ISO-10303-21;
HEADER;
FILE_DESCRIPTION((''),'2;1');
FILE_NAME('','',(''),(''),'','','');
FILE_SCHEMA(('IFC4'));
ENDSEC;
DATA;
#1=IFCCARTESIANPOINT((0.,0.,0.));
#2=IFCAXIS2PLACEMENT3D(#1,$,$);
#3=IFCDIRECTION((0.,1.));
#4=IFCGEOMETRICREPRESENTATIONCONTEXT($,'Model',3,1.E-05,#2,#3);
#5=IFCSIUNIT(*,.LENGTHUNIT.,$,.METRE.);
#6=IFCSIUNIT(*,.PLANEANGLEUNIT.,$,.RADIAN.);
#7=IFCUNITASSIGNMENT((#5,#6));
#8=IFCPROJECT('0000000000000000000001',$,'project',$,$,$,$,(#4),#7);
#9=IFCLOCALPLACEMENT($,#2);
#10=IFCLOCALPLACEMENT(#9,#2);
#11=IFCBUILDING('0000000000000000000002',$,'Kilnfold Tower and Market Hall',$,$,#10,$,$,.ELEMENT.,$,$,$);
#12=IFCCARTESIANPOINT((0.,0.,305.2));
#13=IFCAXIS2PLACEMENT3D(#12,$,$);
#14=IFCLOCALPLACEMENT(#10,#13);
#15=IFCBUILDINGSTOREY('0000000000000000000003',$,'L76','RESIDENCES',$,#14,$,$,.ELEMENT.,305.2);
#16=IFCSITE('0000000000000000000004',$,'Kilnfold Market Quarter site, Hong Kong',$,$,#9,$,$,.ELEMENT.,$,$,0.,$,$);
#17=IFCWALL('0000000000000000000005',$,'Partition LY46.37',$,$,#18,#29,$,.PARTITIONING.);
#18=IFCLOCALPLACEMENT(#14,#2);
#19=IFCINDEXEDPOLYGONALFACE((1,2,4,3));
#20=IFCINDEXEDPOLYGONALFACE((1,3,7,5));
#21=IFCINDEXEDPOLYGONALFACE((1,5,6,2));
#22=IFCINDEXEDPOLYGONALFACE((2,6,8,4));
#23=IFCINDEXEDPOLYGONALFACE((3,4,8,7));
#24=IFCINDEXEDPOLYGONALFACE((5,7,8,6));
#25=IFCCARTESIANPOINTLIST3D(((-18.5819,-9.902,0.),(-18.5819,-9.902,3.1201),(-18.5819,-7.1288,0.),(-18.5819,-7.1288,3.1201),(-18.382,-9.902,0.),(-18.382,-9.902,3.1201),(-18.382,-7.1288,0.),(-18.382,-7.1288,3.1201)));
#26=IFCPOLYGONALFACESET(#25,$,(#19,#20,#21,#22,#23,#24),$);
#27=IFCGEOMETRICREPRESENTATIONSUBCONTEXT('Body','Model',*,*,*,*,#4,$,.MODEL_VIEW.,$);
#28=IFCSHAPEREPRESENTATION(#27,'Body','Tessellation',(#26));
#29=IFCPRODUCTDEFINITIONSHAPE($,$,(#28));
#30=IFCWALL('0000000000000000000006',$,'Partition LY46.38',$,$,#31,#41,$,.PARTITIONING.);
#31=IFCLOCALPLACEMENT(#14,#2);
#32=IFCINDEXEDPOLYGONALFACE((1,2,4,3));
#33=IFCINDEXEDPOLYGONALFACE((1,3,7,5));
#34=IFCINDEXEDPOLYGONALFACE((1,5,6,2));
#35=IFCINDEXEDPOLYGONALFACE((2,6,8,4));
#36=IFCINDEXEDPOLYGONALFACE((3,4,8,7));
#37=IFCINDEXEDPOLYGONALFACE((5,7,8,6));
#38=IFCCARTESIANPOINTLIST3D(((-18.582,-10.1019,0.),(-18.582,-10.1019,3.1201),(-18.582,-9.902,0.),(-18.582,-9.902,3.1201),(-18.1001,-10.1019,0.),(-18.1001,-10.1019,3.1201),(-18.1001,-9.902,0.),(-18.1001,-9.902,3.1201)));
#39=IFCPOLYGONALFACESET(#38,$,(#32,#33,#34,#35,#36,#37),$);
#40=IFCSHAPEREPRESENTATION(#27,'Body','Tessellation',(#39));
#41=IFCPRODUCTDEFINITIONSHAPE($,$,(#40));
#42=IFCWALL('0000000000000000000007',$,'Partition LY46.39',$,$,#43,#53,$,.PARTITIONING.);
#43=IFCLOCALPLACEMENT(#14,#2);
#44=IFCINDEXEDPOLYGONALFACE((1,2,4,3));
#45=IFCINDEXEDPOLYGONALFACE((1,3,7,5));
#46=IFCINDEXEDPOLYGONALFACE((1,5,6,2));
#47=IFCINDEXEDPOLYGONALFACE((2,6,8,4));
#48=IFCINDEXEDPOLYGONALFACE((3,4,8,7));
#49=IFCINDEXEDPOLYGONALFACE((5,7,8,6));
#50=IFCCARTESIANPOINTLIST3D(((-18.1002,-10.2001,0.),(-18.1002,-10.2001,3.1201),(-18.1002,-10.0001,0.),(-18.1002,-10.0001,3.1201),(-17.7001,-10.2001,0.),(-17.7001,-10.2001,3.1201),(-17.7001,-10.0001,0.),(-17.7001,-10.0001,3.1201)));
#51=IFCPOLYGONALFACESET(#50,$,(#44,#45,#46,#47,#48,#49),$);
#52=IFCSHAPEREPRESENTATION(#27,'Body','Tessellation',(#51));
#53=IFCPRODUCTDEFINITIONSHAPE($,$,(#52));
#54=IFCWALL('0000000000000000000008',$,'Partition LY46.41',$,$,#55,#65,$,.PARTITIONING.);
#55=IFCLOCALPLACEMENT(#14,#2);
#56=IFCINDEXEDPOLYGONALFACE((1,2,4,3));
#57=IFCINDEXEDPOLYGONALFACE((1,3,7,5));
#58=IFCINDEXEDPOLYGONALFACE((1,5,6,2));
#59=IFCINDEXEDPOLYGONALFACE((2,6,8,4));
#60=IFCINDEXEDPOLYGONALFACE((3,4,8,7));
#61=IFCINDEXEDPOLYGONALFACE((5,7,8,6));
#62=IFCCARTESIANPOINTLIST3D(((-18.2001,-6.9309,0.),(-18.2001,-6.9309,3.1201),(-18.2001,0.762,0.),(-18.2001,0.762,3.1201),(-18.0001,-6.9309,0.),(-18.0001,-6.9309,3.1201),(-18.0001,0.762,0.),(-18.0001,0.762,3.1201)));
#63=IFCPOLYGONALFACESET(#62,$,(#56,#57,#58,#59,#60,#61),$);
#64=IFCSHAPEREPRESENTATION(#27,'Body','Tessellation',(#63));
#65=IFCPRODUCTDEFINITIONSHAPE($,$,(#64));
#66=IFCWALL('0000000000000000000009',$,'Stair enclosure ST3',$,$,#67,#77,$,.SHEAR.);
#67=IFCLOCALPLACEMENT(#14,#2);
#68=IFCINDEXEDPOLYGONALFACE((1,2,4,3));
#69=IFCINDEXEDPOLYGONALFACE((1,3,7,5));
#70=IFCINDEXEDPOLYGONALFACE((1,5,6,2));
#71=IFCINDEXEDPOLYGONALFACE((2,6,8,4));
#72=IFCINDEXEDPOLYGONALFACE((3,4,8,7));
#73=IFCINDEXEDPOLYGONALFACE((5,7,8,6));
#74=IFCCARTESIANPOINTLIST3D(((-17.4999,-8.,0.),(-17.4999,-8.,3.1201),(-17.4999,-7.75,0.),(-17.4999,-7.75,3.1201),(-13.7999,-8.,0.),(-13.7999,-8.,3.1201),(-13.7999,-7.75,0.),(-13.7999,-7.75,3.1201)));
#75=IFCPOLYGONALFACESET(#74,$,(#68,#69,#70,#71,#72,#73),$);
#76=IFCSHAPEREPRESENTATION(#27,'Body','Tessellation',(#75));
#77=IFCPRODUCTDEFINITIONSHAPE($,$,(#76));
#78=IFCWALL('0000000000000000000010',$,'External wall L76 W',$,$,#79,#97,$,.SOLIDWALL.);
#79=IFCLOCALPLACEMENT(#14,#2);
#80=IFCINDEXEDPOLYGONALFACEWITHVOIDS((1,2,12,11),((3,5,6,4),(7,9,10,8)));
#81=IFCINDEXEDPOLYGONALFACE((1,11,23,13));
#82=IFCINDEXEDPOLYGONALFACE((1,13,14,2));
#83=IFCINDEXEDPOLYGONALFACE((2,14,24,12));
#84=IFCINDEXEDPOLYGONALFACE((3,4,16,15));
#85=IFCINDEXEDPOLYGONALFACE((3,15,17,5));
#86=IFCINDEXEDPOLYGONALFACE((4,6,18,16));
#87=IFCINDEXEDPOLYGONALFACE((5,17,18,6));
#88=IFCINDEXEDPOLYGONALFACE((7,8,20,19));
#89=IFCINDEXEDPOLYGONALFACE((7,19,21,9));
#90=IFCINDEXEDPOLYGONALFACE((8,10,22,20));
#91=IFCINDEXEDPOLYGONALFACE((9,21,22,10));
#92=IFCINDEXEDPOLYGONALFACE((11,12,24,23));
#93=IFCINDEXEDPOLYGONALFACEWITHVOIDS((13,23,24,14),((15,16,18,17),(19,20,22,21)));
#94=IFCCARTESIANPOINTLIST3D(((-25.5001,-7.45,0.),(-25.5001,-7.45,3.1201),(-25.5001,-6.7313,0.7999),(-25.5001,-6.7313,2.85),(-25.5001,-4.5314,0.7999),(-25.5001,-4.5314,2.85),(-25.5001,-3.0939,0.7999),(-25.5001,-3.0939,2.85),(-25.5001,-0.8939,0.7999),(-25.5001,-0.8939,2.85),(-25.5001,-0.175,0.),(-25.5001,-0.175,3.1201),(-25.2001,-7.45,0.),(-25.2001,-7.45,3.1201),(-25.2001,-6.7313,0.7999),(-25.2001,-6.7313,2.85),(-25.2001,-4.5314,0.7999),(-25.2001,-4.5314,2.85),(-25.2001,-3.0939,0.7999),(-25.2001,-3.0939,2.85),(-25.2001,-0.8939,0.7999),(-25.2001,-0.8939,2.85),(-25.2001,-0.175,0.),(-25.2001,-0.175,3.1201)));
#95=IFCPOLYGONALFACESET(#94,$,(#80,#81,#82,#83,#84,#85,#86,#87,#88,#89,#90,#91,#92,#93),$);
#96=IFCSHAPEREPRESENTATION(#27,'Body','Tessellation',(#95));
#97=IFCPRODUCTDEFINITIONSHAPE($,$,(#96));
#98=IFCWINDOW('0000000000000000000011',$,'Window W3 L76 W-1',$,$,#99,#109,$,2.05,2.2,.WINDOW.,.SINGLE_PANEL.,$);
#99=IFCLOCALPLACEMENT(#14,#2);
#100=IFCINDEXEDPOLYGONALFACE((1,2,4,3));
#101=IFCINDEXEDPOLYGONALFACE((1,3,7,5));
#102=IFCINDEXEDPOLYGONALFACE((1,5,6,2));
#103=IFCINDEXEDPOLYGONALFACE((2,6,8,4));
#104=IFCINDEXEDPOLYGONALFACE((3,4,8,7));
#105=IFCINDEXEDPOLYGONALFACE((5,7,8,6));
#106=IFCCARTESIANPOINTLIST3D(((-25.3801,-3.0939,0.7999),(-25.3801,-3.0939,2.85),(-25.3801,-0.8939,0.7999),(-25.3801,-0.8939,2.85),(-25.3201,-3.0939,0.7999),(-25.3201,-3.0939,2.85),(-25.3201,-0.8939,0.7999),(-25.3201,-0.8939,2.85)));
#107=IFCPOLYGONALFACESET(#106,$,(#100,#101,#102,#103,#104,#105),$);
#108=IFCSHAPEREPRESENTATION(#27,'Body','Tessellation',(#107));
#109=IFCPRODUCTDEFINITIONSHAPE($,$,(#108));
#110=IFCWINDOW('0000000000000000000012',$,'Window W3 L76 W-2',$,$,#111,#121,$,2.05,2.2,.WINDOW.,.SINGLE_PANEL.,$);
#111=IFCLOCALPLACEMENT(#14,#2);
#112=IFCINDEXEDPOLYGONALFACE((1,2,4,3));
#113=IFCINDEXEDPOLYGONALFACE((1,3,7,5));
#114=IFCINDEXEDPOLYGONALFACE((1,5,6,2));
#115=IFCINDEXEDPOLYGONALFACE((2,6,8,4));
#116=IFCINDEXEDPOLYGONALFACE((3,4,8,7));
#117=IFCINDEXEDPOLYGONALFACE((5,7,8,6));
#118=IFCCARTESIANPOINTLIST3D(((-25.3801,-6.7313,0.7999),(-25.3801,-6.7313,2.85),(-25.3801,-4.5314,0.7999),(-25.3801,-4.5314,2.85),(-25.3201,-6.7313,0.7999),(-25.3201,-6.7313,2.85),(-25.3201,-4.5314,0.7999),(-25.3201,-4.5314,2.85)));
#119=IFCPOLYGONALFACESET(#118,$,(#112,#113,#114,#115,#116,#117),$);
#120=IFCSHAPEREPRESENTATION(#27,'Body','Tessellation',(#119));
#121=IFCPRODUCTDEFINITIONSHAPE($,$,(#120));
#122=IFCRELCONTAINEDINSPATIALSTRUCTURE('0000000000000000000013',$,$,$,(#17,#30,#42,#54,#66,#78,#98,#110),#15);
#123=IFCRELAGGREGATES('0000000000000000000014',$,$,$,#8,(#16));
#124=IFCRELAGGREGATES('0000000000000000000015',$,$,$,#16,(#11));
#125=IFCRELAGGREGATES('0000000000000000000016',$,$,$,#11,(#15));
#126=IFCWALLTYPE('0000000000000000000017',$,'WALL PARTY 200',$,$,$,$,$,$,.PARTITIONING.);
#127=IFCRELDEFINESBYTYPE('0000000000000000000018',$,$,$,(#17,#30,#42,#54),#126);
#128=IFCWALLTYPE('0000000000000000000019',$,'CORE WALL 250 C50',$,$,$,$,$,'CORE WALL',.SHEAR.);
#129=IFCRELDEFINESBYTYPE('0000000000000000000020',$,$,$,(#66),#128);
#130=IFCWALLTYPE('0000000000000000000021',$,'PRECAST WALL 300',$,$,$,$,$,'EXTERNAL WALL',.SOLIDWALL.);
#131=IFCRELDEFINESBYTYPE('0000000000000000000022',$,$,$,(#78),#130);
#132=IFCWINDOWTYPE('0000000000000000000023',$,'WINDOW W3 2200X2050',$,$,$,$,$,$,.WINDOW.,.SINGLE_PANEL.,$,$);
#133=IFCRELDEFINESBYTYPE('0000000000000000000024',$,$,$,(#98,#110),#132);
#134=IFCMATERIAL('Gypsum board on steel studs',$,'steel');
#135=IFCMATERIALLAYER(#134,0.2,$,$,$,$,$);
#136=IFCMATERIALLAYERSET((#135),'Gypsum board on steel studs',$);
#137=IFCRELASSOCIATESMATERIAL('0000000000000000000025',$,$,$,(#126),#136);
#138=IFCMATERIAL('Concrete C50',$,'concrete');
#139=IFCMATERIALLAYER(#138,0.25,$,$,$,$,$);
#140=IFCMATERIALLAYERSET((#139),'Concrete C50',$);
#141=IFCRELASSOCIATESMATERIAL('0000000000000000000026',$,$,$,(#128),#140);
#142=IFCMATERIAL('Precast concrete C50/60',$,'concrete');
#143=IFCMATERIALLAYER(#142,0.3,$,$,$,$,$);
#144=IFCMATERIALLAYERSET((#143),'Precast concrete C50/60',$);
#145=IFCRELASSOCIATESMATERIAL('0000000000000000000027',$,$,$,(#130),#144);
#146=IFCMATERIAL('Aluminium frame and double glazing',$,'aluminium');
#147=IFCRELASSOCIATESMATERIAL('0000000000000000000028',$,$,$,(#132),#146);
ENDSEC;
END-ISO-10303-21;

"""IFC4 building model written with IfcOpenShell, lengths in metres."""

from ifc_helpers import new_model, si_unit, direction, frame, frame_2d, origin, place, context, subcontext, project, spatial, rectangle, extrude, source, transform, mapped, material, layer, layer_set, type_object, element, fill, save


model = new_model("IFC4")

# Units and contexts
model_context = context("Model", 3, precision=1e-05, world=origin(), true_north=direction((0.0, 1.0)))
body_context = subcontext(model_context, "Body", "Model", "MODEL_VIEW")
ifc_project = project(units=[si_unit("LENGTHUNIT", "METRE"), si_unit("PLANEANGLEUNIT", "RADIAN")], contexts=[model_context])

# Site, building, storey
site_placement = place(None, origin())
site = spatial("IfcSite", under=ifc_project, at=site_placement, Name="Kilnfold Market Quarter site, Hong Kong", CompositionType="ELEMENT", RefElevation=0.0)
building_placement = place(site_placement, origin())
building = spatial("IfcBuilding", under=site, at=building_placement, Name="Kilnfold Tower and Market Hall", CompositionType="ELEMENT")
storey_placement = place(building_placement, frame((0.0, 0.0, 305.2)))
storey = spatial("IfcBuildingStorey", under=building, at=storey_placement, Name="L76", Description="RESIDENCES", CompositionType="ELEMENT", Elevation=305.2)

# Walls
ifc_material_1 = material(Name="Gypsum board on steel studs", Category="steel")
ifc_layer_1 = layer(ifc_material_1, 0.2)
ifc_layer_set_1 = layer_set([ifc_layer_1], Name="Gypsum board on steel studs")
wall_type_1 = type_object("IfcWallType", Name="WALL PARTY 200", PredefinedType="PARTITIONING", material=ifc_layer_set_1)
wall_1_placement = place(storey_placement, frame((-18.4819, -9.9021, 0.0), z_axis=(0.0, 0.0, 1.0), x_axis=(0.0, 1.0, 0.0)))
element("IfcWall", 1, at=wall_1_placement, inside=storey, type_object=wall_type_1, Name="Partition LY46.37", PredefinedType="PARTITIONING", context=body_context, shape_type="SweptSolid", body=[
    extrude(rectangle(XDim=2.7732, YDim=0.2, at=frame_2d((1.3867, 0.0))), origin(), (0.0, 0.0, 1.0), 3.1201),
])
wall_2_placement = place(storey_placement, frame((-18.1001, -10.002, 0.0), z_axis=(0.0, 0.0, 1.0), x_axis=(-1.0, 0.0, 0.0)))
element("IfcWall", 2, at=wall_2_placement, inside=storey, type_object=wall_type_1, Name="Partition LY46.38", PredefinedType="PARTITIONING", context=body_context, shape_type="SweptSolid", body=[
    extrude(rectangle(XDim=0.4819, YDim=0.2, at=frame_2d((0.241, 0.0))), origin(), (0.0, 0.0, 1.0), 3.1201),
])
wall_3_placement = place(storey_placement, frame((-17.7, -10.1001, 0.0), z_axis=(0.0, 0.0, 1.0), x_axis=(-1.0, 0.0, 0.0)))
element("IfcWall", 3, at=wall_3_placement, inside=storey, type_object=wall_type_1, Name="Partition LY46.39", PredefinedType="PARTITIONING", context=body_context, shape_type="SweptSolid", body=[
    extrude(rectangle(XDim=0.4001, YDim=0.2, at=frame_2d((0.2002, 0.0))), origin(), (0.0, 0.0, 1.0), 3.1201),
])
wall_4_placement = place(storey_placement, frame((-18.1001, -6.9309, 0.0), z_axis=(0.0, 0.0, 1.0), x_axis=(0.0, 1.0, 0.0)))
element("IfcWall", 4, at=wall_4_placement, inside=storey, type_object=wall_type_1, Name="Partition LY46.41", PredefinedType="PARTITIONING", context=body_context, shape_type="SweptSolid", body=[
    extrude(rectangle(XDim=7.6929, YDim=0.2, at=frame_2d((3.8464, 0.0))), origin(), (0.0, 0.0, 1.0), 3.1201),
])
ifc_material_2 = material(Name="Concrete C50", Category="concrete")
ifc_layer_2 = layer(ifc_material_2, 0.25)
ifc_layer_set_2 = layer_set([ifc_layer_2], Name="Concrete C50")
wall_type_2 = type_object("IfcWallType", Name="CORE WALL 250 C50", ElementType="CORE WALL", PredefinedType="SHEAR", material=ifc_layer_set_2)
shared_shape_1 = source(origin(), body_context, "Body", "SweptSolid", [
    extrude(rectangle(XDim=3.7, YDim=0.25, at=frame_2d((1.8501, 0.0))), origin(), (0.0, 0.0, 1.0), 3.1201),
])
wall_5_placement = place(storey_placement, frame((-17.5, -7.875, 0.0), z_axis=(0.0, 0.0, 1.0), x_axis=(1.0, 0.0, 0.0)))
element("IfcWall", 5, at=wall_5_placement, inside=storey, type_object=wall_type_2, Name="Stair enclosure ST3", PredefinedType="SHEAR", context=body_context, shape_type="MappedRepresentation", body=[
    mapped(shared_shape_1, transform((0.0, 0.0, 0.0))),
])

# Wall, openings, windows
ifc_material_3 = material(Name="Precast concrete C50/60", Category="concrete")
ifc_layer_3 = layer(ifc_material_3, 0.3)
ifc_layer_set_3 = layer_set([ifc_layer_3], Name="Precast concrete C50/60")
wall_type_3 = type_object("IfcWallType", Name="PRECAST WALL 300", ElementType="EXTERNAL WALL", PredefinedType="SOLIDWALL", material=ifc_layer_set_3)
shared_shape_2 = source(origin(), body_context, "Body", "SweptSolid", [
    extrude(rectangle(XDim=7.2749, YDim=0.3, at=frame_2d((3.6375, 0.0))), origin(), (0.0, 0.0, 1.0), 3.1201),
])
wall_6_placement = place(storey_placement, frame((-25.3501, -0.175, 0.0), z_axis=(0.0, 0.0, 1.0), x_axis=(0.0, -1.0, 0.0)))
wall_6 = element("IfcWall", 6, at=wall_6_placement, inside=storey, type_object=wall_type_3, Name="External wall L76 W", PredefinedType="SOLIDWALL", context=body_context, shape_type="MappedRepresentation", body=[
    mapped(shared_shape_2, transform((0.0, 0.0, 0.0))),
])
opening_1_placement = place(wall_6_placement, frame((0.7188, 0.0, 0.8)))
opening_1 = element("IfcOpeningElement", 7, at=opening_1_placement, cuts=wall_6, PredefinedType="OPENING", context=body_context, shape_type="SweptSolid", body=[
    extrude(rectangle(XDim=2.2, YDim=2.05, at=frame_2d((1.1001, 1.0249))), frame((0.0, 0.1602, 0.0), z_axis=(0.0, -1.0, 0.0), x_axis=(1.0, 0.0, 0.0)), (0.0, 0.0, 1.0), 0.3201),
])
opening_2_placement = place(wall_6_placement, frame((4.3562, 0.0, 0.8)))
opening_2 = element("IfcOpeningElement", 8, at=opening_2_placement, cuts=wall_6, PredefinedType="OPENING", context=body_context, shape_type="SweptSolid", body=[
    extrude(rectangle(XDim=2.2, YDim=2.05, at=frame_2d((1.1001, 1.0249))), frame((0.0, 0.1602, 0.0), z_axis=(0.0, -1.0, 0.0), x_axis=(1.0, 0.0, 0.0)), (0.0, 0.0, 1.0), 0.3201),
])
ifc_material_4 = material(Name="Aluminium frame and double glazing", Category="aluminium")
window_type = type_object("IfcWindowType", Name="WINDOW W3 2200X2050", PartitioningType="SINGLE_PANEL", PredefinedType="WINDOW", material=ifc_material_4)
window_1_placement = place(opening_1_placement, origin())
window_1 = element("IfcWindow", 9, at=window_1_placement, inside=storey, type_object=window_type, Name="Window W3 L76 W-1", OverallHeight=2.05, OverallWidth=2.2, PartitioningType="SINGLE_PANEL", PredefinedType="WINDOW", context=body_context, shape_type="SweptSolid", body=[
    extrude(rectangle(XDim=2.2, YDim=2.05, at=frame_2d((1.1001, 1.0249))), frame((0.0, 0.03, 0.0), z_axis=(0.0, -1.0, 0.0), x_axis=(1.0, 0.0, 0.0)), (0.0, 0.0, 1.0), 0.0601),
])
fill(opening_1, window_1)
window_2_placement = place(opening_2_placement, origin())
window_2 = element("IfcWindow", 10, at=window_2_placement, inside=storey, type_object=window_type, Name="Window W3 L76 W-2", OverallHeight=2.05, OverallWidth=2.2, PartitioningType="SINGLE_PANEL", PredefinedType="WINDOW", context=body_context, shape_type="SweptSolid", body=[
    extrude(rectangle(XDim=2.2, YDim=2.05, at=frame_2d((1.1001, 1.0249))), frame((0.0, 0.03, 0.0), z_axis=(0.0, -1.0, 0.0), x_axis=(1.0, 0.0, 0.0)), (0.0, 0.0, 1.0), 0.0601),
])
fill(opening_2, window_2)

save(model, "model.ifc")
